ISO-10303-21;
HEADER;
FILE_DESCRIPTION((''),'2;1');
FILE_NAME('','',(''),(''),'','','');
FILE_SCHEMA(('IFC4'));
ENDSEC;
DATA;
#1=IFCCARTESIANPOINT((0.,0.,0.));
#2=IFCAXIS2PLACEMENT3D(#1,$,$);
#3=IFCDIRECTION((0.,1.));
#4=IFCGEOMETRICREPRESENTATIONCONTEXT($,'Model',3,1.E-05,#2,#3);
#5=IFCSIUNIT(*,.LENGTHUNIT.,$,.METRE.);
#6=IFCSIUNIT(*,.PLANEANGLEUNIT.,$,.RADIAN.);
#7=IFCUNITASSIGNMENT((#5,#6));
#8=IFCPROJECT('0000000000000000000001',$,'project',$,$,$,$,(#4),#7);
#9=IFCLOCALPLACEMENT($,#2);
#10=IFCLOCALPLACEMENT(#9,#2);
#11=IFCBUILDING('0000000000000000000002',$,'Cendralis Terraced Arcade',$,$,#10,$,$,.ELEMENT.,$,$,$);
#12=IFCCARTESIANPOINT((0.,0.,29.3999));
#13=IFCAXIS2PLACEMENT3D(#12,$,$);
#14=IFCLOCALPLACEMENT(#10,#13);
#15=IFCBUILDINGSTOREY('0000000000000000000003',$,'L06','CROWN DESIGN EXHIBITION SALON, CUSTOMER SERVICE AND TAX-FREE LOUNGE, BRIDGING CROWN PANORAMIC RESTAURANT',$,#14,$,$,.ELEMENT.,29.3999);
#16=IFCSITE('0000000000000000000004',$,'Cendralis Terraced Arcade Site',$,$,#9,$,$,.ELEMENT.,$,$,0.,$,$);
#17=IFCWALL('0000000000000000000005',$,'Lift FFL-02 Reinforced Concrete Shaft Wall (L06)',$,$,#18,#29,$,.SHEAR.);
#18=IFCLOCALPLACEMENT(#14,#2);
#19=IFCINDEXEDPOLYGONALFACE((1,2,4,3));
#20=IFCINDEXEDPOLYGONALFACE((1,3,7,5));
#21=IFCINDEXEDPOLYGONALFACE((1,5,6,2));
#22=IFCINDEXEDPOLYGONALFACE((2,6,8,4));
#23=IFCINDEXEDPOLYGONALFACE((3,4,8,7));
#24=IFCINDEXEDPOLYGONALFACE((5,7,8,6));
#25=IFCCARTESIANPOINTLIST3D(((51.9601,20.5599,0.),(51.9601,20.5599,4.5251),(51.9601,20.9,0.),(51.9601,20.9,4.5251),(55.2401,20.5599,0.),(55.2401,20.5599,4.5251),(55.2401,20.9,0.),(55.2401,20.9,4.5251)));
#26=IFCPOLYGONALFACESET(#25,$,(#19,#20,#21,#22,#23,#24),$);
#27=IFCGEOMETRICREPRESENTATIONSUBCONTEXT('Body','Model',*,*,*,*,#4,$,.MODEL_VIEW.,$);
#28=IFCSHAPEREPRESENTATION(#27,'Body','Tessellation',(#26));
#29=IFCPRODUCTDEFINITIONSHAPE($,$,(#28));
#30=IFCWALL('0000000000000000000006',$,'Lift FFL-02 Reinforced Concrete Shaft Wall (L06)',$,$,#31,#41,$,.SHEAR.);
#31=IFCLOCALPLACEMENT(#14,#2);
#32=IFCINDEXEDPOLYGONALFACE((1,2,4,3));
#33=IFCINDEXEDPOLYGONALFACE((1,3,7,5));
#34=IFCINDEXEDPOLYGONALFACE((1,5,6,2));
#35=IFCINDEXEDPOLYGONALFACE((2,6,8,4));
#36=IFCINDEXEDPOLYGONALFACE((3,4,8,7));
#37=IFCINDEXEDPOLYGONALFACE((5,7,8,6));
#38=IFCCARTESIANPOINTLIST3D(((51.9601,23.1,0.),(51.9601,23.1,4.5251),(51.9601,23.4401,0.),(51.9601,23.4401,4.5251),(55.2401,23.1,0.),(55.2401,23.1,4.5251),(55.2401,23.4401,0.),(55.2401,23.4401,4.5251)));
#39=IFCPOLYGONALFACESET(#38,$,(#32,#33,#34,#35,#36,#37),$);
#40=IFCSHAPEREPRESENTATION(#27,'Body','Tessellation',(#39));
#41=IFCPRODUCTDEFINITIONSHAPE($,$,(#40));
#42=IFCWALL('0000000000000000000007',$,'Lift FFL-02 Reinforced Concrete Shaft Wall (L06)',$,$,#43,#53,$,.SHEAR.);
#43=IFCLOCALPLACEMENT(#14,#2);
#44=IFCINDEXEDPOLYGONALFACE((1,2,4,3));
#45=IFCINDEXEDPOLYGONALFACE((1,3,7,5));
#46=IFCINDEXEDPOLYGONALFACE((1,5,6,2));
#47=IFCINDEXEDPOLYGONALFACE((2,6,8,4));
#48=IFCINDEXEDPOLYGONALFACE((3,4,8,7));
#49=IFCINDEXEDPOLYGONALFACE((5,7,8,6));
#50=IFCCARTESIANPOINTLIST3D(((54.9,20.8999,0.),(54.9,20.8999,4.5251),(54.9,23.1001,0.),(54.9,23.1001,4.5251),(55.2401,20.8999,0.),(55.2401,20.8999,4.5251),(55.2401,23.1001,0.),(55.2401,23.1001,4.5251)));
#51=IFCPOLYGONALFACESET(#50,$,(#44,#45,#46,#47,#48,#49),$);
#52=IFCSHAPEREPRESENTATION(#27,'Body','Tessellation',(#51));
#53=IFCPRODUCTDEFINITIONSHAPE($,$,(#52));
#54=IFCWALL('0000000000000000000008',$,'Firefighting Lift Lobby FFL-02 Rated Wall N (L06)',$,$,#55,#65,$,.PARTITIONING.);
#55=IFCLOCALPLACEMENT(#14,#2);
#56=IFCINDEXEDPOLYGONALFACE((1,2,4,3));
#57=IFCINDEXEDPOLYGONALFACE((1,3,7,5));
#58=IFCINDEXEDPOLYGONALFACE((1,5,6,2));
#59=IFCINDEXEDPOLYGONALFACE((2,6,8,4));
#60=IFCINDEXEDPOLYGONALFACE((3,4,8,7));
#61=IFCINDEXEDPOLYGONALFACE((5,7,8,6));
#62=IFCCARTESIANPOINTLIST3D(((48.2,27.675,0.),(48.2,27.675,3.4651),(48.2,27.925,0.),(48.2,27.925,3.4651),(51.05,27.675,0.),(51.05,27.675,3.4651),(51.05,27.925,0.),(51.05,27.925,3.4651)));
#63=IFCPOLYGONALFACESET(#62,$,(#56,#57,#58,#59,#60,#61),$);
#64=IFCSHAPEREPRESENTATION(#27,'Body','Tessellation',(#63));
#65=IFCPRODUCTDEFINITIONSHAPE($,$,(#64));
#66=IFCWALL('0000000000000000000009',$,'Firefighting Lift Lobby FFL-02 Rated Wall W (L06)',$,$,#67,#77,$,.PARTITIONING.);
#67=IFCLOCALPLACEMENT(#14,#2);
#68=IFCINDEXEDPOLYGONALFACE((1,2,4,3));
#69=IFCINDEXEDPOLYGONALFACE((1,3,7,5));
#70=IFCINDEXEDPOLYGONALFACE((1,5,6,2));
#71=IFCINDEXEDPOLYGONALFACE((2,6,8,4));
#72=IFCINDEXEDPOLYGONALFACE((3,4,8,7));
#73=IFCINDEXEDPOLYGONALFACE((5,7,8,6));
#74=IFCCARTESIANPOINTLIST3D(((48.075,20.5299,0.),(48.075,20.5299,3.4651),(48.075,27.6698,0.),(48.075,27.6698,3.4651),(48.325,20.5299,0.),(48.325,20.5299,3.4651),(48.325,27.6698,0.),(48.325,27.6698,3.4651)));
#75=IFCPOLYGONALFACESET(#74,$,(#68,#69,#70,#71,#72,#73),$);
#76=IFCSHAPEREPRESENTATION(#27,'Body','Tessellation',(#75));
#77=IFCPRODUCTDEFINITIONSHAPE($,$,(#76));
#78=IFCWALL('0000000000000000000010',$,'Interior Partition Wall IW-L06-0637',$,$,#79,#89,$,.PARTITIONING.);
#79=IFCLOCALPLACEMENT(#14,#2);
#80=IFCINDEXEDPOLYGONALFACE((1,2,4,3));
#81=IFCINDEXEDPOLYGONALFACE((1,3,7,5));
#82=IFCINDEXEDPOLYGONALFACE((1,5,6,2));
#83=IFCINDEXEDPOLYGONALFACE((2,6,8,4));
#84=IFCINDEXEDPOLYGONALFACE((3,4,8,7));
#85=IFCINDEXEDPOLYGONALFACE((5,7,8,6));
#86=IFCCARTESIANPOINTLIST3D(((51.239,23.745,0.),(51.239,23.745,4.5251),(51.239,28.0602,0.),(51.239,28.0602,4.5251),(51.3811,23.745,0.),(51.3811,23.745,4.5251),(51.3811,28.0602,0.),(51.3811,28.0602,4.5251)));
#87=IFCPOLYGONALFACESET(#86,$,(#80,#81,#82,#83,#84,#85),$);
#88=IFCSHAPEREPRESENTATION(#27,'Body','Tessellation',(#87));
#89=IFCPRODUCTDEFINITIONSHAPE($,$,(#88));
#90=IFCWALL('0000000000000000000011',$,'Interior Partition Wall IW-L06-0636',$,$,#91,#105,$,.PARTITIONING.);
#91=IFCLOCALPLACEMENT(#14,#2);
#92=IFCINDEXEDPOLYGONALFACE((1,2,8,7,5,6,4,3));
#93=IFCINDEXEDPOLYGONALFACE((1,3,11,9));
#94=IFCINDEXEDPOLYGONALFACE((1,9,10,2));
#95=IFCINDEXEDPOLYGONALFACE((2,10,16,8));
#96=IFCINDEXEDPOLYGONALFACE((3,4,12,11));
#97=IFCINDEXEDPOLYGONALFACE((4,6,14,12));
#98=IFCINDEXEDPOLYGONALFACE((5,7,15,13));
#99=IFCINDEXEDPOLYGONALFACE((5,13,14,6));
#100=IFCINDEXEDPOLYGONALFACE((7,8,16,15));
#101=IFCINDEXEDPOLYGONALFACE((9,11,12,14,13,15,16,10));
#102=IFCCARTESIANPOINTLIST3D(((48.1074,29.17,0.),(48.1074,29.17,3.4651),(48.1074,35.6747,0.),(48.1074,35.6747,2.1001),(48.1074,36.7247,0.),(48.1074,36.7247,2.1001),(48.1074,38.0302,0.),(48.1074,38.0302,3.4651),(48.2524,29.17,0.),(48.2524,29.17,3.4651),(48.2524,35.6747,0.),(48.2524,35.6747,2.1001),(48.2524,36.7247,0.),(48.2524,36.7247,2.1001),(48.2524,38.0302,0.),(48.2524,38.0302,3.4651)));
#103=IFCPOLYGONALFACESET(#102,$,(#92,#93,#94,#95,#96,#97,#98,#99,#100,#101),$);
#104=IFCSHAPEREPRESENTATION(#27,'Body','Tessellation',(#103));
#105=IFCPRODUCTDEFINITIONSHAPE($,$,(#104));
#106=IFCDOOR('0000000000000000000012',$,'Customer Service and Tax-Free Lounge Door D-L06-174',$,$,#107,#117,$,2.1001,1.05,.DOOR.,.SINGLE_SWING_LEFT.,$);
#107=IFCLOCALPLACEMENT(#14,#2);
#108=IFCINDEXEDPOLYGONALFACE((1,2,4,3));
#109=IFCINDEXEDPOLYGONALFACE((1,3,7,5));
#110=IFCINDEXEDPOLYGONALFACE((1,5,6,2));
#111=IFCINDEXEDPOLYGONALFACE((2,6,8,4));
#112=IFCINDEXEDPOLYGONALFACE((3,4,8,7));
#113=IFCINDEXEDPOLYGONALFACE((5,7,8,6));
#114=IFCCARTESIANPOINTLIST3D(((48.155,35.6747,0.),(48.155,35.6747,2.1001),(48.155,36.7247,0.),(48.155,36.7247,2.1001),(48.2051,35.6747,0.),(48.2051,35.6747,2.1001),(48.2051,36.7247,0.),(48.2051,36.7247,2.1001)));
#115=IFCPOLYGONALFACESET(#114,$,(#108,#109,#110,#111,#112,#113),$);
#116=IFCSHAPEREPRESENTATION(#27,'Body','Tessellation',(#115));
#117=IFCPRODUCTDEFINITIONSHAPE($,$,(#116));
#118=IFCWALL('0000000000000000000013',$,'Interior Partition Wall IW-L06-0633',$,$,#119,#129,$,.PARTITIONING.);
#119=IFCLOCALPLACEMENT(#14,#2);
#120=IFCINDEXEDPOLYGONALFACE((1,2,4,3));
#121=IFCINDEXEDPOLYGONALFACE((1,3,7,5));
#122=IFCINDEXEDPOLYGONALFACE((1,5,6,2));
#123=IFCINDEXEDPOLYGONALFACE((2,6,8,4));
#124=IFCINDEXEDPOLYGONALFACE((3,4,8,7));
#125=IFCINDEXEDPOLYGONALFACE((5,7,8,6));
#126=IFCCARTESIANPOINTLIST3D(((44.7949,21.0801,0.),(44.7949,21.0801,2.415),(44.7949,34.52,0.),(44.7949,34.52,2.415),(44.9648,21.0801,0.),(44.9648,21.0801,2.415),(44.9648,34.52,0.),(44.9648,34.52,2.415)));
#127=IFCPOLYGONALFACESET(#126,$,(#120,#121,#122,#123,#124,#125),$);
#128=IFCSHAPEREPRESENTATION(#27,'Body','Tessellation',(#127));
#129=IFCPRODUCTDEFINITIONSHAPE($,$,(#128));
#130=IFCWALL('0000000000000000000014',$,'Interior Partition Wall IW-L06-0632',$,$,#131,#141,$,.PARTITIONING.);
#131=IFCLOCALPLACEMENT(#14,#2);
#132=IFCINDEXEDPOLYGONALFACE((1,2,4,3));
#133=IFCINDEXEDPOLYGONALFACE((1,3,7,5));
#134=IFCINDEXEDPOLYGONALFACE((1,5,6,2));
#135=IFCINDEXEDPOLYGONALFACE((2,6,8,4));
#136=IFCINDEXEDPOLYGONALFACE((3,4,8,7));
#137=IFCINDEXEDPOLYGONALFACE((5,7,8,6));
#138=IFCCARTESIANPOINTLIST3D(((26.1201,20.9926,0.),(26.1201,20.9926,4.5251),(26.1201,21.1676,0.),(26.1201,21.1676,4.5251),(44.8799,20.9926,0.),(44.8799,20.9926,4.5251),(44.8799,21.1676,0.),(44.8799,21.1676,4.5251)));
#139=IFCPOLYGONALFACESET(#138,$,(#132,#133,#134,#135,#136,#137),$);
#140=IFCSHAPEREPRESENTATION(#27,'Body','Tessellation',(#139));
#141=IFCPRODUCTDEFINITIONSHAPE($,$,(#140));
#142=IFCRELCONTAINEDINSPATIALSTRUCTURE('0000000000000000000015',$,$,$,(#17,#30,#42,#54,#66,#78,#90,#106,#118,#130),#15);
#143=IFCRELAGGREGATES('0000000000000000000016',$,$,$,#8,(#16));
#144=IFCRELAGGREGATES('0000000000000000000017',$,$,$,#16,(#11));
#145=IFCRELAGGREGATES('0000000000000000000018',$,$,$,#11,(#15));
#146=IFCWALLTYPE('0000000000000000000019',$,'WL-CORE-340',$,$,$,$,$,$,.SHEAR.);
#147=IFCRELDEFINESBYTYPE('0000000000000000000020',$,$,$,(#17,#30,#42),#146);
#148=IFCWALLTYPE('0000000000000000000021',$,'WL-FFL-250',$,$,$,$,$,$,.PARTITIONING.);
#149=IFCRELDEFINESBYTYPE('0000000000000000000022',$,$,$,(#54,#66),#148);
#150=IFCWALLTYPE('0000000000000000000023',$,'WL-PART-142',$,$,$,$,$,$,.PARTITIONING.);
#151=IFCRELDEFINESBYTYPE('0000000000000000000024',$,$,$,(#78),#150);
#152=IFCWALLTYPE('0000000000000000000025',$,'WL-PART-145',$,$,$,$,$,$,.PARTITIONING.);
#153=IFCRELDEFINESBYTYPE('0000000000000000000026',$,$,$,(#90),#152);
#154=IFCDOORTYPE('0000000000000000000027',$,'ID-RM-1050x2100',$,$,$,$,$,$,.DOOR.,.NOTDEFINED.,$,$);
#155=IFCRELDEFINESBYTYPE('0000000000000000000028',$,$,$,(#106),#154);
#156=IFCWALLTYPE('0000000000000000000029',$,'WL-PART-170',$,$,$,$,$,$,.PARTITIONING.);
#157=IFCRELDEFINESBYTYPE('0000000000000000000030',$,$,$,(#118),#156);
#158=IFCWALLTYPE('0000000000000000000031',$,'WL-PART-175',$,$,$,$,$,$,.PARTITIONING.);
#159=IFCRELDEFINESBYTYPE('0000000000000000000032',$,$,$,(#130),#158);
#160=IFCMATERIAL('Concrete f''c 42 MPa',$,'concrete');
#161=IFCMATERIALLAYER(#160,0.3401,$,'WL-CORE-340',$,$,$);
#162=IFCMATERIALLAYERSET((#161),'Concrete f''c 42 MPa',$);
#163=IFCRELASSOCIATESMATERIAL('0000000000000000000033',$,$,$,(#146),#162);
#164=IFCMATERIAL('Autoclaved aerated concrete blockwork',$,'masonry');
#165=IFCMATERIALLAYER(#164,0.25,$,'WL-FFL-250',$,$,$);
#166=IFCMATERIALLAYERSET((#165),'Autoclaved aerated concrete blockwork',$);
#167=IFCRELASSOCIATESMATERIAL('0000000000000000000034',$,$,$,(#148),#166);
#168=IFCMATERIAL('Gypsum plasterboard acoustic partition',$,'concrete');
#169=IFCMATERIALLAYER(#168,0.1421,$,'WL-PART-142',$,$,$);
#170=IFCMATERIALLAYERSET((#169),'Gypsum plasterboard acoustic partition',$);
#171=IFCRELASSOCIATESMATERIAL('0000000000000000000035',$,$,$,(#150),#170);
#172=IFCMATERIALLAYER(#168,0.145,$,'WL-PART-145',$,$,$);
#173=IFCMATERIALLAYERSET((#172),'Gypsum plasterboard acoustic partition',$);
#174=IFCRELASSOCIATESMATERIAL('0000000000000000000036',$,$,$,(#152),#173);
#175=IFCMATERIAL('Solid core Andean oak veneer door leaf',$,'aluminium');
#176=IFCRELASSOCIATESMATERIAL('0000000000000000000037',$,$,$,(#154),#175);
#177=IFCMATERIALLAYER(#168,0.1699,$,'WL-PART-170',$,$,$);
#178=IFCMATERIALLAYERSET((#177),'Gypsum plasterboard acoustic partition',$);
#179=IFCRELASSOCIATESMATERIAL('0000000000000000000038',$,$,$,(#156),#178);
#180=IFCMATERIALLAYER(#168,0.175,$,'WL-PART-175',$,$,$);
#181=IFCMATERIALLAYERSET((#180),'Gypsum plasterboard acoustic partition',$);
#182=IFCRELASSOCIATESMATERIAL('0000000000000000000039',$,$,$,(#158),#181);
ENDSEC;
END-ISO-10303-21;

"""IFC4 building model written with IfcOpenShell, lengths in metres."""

from ifc_helpers import new_model, si_unit, direction, frame, frame_2d, origin, place, context, subcontext, project, spatial, rectangle, extrude, material, layer, layer_set, type_object, element, fill, save


model = new_model("IFC4")

# Units and contexts
model_context = context("Model", 3, precision=1e-05, world=origin(), true_north=direction((0.0, 1.0)))
body_context = subcontext(model_context, "Body", "Model", "MODEL_VIEW")
ifc_project = project(units=[si_unit("LENGTHUNIT", "METRE"), si_unit("PLANEANGLEUNIT", "RADIAN")], contexts=[model_context])

# Site, building, storey
site_placement = place(None, origin())
site = spatial("IfcSite", under=ifc_project, at=site_placement, Name="Cendralis Terraced Arcade Site", CompositionType="ELEMENT", RefElevation=0.0)
building_placement = place(site_placement, origin())
building = spatial("IfcBuilding", under=site, at=building_placement, Name="Cendralis Terraced Arcade", CompositionType="ELEMENT")
storey_placement = place(building_placement, frame((0.0, 0.0, 29.3999)))
storey = spatial("IfcBuildingStorey", under=building, at=storey_placement, Name="L06", Description="CROWN DESIGN EXHIBITION SALON, CUSTOMER SERVICE AND TAX-FREE LOUNGE, BRIDGING CROWN PANORAMIC RESTAURANT", CompositionType="ELEMENT", Elevation=29.3999)

# Shared definitions
ifc_material_1 = material(Name="Concrete f'c 42 MPa", Category="concrete")

# Shared definitions
ifc_layer_1 = layer(ifc_material_1, 0.3401, Name="WL-CORE-340")
ifc_layer_set_1 = layer_set([ifc_layer_1], Name="Concrete f'c 42 MPa")
wall_type_1 = type_object("IfcWallType", Name="WL-CORE-340", PredefinedType="SHEAR", material=ifc_layer_set_1)

# Walls
for number, where, z_axis, x_axis, name in (
    (1, (51.96, 20.73, 0.0), (0.0, 0.0, 1.0), (1.0, 0.0, 0.0), "Lift FFL-02 Reinforced Concrete Shaft Wall (L06)"),
    (2, (51.96, 23.27, 0.0), (0.0, 0.0, 1.0), (1.0, 0.0, 0.0), "Lift FFL-02 Reinforced Concrete Shaft Wall (L06)"),
):
    element("IfcWall", number, at=place(storey_placement, frame(where, z_axis=z_axis, x_axis=x_axis)), inside=storey, type_object=wall_type_1, Name=name, PredefinedType="SHEAR", context=body_context, shape_type="SweptSolid", body=[
        extrude(rectangle(XDim=3.28, YDim=0.3401, at=frame_2d((1.6401, 0.0))), origin(), (0.0, 0.0, 1.0), 4.5251),
    ])

# Walls
wall_1_placement = place(storey_placement, frame((55.0701, 20.8999, 0.0), z_axis=(0.0, 0.0, 1.0), x_axis=(0.0, 1.0, 0.0)))
element("IfcWall", 3, at=wall_1_placement, inside=storey, type_object=wall_type_1, Name="Lift FFL-02 Reinforced Concrete Shaft Wall (L06)", PredefinedType="SHEAR", context=body_context, shape_type="SweptSolid", body=[
    extrude(rectangle(XDim=2.2002, YDim=0.3401, at=frame_2d((1.1001, 0.0))), origin(), (0.0, 0.0, 1.0), 4.5251),
])
ifc_material_2 = material(Name="Autoclaved aerated concrete blockwork", Category="masonry")
ifc_layer_2 = layer(ifc_material_2, 0.25, Name="WL-FFL-250")
ifc_layer_set_2 = layer_set([ifc_layer_2], Name="Autoclaved aerated concrete blockwork")
wall_type_2 = type_object("IfcWallType", Name="WL-FFL-250", PredefinedType="PARTITIONING", material=ifc_layer_set_2)
wall_2_placement = place(storey_placement, frame((48.2, 27.8, 0.0), z_axis=(0.0, 0.0, 1.0), x_axis=(1.0, 0.0, 0.0)))
element("IfcWall", 4, at=wall_2_placement, inside=storey, type_object=wall_type_2, Name="Firefighting Lift Lobby FFL-02 Rated Wall N (L06)", PredefinedType="PARTITIONING", context=body_context, shape_type="SweptSolid", body=[
    extrude(rectangle(XDim=2.8501, YDim=0.25, at=frame_2d((1.425, 0.0))), origin(), (0.0, 0.0, 1.0), 3.4651),
])
wall_3_placement = place(storey_placement, frame((48.2, 20.53, 0.0), z_axis=(0.0, 0.0, 1.0), x_axis=(0.0, 1.0, 0.0)))
element("IfcWall", 5, at=wall_3_placement, inside=storey, type_object=wall_type_2, Name="Firefighting Lift Lobby FFL-02 Rated Wall W (L06)", PredefinedType="PARTITIONING", context=body_context, shape_type="SweptSolid", body=[
    extrude(rectangle(XDim=7.1399, YDim=0.25, at=frame_2d((3.5698, 0.0))), origin(), (0.0, 0.0, 1.0), 3.4651),
])
ifc_material_3 = material(Name="Gypsum plasterboard acoustic partition", Category="concrete")
ifc_layer_3 = layer(ifc_material_3, 0.1421, Name="WL-PART-142")
ifc_layer_set_3 = layer_set([ifc_layer_3], Name="Gypsum plasterboard acoustic partition")
wall_type_3 = type_object("IfcWallType", Name="WL-PART-142", PredefinedType="PARTITIONING", material=ifc_layer_set_3)
wall_4_placement = place(storey_placement, frame((51.3101, 23.7449, 0.0), z_axis=(0.0, 0.0, 1.0), x_axis=(0.0, 1.0, 0.0)))
element("IfcWall", 6, at=wall_4_placement, inside=storey, type_object=wall_type_3, Name="Interior Partition Wall IW-L06-0637", PredefinedType="PARTITIONING", context=body_context, shape_type="SweptSolid", body=[
    extrude(rectangle(XDim=4.3152, YDim=0.1421, at=frame_2d((2.1577, 0.0))), origin(), (0.0, 0.0, 1.0), 4.5251),
])

# Wall, opening, door
ifc_layer_4 = layer(ifc_material_3, 0.145, Name="WL-PART-145")
ifc_layer_set_4 = layer_set([ifc_layer_4], Name="Gypsum plasterboard acoustic partition")
wall_type_4 = type_object("IfcWallType", Name="WL-PART-145", PredefinedType="PARTITIONING", material=ifc_layer_set_4)
wall_5_placement = place(storey_placement, frame((48.1799, 29.1699, 0.0), z_axis=(0.0, 0.0, 1.0), x_axis=(0.0, 1.0, 0.0)))
wall_5 = element("IfcWall", 7, at=wall_5_placement, inside=storey, type_object=wall_type_4, Name="Interior Partition Wall IW-L06-0636", PredefinedType="PARTITIONING", context=body_context, shape_type="SweptSolid", body=[
    extrude(rectangle(XDim=8.8601, YDim=0.145, at=frame_2d((4.4302, 0.0))), origin(), (0.0, 0.0, 1.0), 3.4651),
])
opening_1_placement = place(wall_5_placement, frame((6.5049, 0.0, 0.0)))
opening_1 = element("IfcOpeningElement", 8, at=opening_1_placement, cuts=wall_5, PredefinedType="OPENING", context=body_context, shape_type="SweptSolid", body=[
    extrude(rectangle(XDim=1.05, YDim=2.1001, at=frame_2d((0.5249, 1.05))), frame((0.0, 0.0845, 0.0), z_axis=(0.0, -1.0, 0.0), x_axis=(1.0, 0.0, 0.0)), (0.0, 0.0, 1.0), 0.1689),
])
ifc_material_4 = material(Name="Solid core Andean oak veneer door leaf", Category="aluminium")
door_type_1 = type_object("IfcDoorType", Name="ID-RM-1050x2100", OperationType="NOTDEFINED", PredefinedType="DOOR", material=ifc_material_4)
door_1_placement = place(opening_1_placement, origin())
door_1 = element("IfcDoor", 9, at=door_1_placement, inside=storey, type_object=door_type_1, Name="Customer Service and Tax-Free Lounge Door D-L06-174", OperationType="SINGLE_SWING_LEFT", OverallHeight=2.1001, OverallWidth=1.05, PredefinedType="DOOR", context=body_context, shape_type="SweptSolid", body=[
    extrude(rectangle(XDim=1.05, YDim=2.1001, at=frame_2d((0.5249, 1.05))), frame((0.0, 0.0249, 0.0), z_axis=(0.0, -1.0, 0.0), x_axis=(1.0, 0.0, 0.0)), (0.0, 0.0, 1.0), 0.05),
])
fill(opening_1, door_1)

# Walls
ifc_layer_5 = layer(ifc_material_3, 0.1699, Name="WL-PART-170")
ifc_layer_set_5 = layer_set([ifc_layer_5], Name="Gypsum plasterboard acoustic partition")
wall_type_5 = type_object("IfcWallType", Name="WL-PART-170", PredefinedType="PARTITIONING", material=ifc_layer_set_5)
wall_6_placement = place(storey_placement, frame((44.8799, 34.52, 0.0), z_axis=(0.0, 0.0, 1.0), x_axis=(0.0, -1.0, 0.0)))
element("IfcWall", 10, at=wall_6_placement, inside=storey, type_object=wall_type_5, Name="Interior Partition Wall IW-L06-0633", PredefinedType="PARTITIONING", context=body_context, shape_type="SweptSolid", body=[
    extrude(rectangle(XDim=13.4399, YDim=0.1699, at=frame_2d((6.72, 0.0))), origin(), (0.0, 0.0, 1.0), 2.415),
])
ifc_layer_6 = layer(ifc_material_3, 0.175, Name="WL-PART-175")
ifc_layer_set_6 = layer_set([ifc_layer_6], Name="Gypsum plasterboard acoustic partition")
wall_type_6 = type_object("IfcWallType", Name="WL-PART-175", PredefinedType="PARTITIONING", material=ifc_layer_set_6)
wall_7_placement = place(storey_placement, frame((44.8799, 21.0801, 0.0), z_axis=(0.0, 0.0, 1.0), x_axis=(-1.0, 0.0, 0.0)))
element("IfcWall", 11, at=wall_7_placement, inside=storey, type_object=wall_type_6, Name="Interior Partition Wall IW-L06-0632", PredefinedType="PARTITIONING", context=body_context, shape_type="SweptSolid", body=[
    extrude(rectangle(XDim=18.7598, YDim=0.175, at=frame_2d((9.3799, 0.0))), origin(), (0.0, 0.0, 1.0), 4.5251),
])

save(model, "model.ifc")
